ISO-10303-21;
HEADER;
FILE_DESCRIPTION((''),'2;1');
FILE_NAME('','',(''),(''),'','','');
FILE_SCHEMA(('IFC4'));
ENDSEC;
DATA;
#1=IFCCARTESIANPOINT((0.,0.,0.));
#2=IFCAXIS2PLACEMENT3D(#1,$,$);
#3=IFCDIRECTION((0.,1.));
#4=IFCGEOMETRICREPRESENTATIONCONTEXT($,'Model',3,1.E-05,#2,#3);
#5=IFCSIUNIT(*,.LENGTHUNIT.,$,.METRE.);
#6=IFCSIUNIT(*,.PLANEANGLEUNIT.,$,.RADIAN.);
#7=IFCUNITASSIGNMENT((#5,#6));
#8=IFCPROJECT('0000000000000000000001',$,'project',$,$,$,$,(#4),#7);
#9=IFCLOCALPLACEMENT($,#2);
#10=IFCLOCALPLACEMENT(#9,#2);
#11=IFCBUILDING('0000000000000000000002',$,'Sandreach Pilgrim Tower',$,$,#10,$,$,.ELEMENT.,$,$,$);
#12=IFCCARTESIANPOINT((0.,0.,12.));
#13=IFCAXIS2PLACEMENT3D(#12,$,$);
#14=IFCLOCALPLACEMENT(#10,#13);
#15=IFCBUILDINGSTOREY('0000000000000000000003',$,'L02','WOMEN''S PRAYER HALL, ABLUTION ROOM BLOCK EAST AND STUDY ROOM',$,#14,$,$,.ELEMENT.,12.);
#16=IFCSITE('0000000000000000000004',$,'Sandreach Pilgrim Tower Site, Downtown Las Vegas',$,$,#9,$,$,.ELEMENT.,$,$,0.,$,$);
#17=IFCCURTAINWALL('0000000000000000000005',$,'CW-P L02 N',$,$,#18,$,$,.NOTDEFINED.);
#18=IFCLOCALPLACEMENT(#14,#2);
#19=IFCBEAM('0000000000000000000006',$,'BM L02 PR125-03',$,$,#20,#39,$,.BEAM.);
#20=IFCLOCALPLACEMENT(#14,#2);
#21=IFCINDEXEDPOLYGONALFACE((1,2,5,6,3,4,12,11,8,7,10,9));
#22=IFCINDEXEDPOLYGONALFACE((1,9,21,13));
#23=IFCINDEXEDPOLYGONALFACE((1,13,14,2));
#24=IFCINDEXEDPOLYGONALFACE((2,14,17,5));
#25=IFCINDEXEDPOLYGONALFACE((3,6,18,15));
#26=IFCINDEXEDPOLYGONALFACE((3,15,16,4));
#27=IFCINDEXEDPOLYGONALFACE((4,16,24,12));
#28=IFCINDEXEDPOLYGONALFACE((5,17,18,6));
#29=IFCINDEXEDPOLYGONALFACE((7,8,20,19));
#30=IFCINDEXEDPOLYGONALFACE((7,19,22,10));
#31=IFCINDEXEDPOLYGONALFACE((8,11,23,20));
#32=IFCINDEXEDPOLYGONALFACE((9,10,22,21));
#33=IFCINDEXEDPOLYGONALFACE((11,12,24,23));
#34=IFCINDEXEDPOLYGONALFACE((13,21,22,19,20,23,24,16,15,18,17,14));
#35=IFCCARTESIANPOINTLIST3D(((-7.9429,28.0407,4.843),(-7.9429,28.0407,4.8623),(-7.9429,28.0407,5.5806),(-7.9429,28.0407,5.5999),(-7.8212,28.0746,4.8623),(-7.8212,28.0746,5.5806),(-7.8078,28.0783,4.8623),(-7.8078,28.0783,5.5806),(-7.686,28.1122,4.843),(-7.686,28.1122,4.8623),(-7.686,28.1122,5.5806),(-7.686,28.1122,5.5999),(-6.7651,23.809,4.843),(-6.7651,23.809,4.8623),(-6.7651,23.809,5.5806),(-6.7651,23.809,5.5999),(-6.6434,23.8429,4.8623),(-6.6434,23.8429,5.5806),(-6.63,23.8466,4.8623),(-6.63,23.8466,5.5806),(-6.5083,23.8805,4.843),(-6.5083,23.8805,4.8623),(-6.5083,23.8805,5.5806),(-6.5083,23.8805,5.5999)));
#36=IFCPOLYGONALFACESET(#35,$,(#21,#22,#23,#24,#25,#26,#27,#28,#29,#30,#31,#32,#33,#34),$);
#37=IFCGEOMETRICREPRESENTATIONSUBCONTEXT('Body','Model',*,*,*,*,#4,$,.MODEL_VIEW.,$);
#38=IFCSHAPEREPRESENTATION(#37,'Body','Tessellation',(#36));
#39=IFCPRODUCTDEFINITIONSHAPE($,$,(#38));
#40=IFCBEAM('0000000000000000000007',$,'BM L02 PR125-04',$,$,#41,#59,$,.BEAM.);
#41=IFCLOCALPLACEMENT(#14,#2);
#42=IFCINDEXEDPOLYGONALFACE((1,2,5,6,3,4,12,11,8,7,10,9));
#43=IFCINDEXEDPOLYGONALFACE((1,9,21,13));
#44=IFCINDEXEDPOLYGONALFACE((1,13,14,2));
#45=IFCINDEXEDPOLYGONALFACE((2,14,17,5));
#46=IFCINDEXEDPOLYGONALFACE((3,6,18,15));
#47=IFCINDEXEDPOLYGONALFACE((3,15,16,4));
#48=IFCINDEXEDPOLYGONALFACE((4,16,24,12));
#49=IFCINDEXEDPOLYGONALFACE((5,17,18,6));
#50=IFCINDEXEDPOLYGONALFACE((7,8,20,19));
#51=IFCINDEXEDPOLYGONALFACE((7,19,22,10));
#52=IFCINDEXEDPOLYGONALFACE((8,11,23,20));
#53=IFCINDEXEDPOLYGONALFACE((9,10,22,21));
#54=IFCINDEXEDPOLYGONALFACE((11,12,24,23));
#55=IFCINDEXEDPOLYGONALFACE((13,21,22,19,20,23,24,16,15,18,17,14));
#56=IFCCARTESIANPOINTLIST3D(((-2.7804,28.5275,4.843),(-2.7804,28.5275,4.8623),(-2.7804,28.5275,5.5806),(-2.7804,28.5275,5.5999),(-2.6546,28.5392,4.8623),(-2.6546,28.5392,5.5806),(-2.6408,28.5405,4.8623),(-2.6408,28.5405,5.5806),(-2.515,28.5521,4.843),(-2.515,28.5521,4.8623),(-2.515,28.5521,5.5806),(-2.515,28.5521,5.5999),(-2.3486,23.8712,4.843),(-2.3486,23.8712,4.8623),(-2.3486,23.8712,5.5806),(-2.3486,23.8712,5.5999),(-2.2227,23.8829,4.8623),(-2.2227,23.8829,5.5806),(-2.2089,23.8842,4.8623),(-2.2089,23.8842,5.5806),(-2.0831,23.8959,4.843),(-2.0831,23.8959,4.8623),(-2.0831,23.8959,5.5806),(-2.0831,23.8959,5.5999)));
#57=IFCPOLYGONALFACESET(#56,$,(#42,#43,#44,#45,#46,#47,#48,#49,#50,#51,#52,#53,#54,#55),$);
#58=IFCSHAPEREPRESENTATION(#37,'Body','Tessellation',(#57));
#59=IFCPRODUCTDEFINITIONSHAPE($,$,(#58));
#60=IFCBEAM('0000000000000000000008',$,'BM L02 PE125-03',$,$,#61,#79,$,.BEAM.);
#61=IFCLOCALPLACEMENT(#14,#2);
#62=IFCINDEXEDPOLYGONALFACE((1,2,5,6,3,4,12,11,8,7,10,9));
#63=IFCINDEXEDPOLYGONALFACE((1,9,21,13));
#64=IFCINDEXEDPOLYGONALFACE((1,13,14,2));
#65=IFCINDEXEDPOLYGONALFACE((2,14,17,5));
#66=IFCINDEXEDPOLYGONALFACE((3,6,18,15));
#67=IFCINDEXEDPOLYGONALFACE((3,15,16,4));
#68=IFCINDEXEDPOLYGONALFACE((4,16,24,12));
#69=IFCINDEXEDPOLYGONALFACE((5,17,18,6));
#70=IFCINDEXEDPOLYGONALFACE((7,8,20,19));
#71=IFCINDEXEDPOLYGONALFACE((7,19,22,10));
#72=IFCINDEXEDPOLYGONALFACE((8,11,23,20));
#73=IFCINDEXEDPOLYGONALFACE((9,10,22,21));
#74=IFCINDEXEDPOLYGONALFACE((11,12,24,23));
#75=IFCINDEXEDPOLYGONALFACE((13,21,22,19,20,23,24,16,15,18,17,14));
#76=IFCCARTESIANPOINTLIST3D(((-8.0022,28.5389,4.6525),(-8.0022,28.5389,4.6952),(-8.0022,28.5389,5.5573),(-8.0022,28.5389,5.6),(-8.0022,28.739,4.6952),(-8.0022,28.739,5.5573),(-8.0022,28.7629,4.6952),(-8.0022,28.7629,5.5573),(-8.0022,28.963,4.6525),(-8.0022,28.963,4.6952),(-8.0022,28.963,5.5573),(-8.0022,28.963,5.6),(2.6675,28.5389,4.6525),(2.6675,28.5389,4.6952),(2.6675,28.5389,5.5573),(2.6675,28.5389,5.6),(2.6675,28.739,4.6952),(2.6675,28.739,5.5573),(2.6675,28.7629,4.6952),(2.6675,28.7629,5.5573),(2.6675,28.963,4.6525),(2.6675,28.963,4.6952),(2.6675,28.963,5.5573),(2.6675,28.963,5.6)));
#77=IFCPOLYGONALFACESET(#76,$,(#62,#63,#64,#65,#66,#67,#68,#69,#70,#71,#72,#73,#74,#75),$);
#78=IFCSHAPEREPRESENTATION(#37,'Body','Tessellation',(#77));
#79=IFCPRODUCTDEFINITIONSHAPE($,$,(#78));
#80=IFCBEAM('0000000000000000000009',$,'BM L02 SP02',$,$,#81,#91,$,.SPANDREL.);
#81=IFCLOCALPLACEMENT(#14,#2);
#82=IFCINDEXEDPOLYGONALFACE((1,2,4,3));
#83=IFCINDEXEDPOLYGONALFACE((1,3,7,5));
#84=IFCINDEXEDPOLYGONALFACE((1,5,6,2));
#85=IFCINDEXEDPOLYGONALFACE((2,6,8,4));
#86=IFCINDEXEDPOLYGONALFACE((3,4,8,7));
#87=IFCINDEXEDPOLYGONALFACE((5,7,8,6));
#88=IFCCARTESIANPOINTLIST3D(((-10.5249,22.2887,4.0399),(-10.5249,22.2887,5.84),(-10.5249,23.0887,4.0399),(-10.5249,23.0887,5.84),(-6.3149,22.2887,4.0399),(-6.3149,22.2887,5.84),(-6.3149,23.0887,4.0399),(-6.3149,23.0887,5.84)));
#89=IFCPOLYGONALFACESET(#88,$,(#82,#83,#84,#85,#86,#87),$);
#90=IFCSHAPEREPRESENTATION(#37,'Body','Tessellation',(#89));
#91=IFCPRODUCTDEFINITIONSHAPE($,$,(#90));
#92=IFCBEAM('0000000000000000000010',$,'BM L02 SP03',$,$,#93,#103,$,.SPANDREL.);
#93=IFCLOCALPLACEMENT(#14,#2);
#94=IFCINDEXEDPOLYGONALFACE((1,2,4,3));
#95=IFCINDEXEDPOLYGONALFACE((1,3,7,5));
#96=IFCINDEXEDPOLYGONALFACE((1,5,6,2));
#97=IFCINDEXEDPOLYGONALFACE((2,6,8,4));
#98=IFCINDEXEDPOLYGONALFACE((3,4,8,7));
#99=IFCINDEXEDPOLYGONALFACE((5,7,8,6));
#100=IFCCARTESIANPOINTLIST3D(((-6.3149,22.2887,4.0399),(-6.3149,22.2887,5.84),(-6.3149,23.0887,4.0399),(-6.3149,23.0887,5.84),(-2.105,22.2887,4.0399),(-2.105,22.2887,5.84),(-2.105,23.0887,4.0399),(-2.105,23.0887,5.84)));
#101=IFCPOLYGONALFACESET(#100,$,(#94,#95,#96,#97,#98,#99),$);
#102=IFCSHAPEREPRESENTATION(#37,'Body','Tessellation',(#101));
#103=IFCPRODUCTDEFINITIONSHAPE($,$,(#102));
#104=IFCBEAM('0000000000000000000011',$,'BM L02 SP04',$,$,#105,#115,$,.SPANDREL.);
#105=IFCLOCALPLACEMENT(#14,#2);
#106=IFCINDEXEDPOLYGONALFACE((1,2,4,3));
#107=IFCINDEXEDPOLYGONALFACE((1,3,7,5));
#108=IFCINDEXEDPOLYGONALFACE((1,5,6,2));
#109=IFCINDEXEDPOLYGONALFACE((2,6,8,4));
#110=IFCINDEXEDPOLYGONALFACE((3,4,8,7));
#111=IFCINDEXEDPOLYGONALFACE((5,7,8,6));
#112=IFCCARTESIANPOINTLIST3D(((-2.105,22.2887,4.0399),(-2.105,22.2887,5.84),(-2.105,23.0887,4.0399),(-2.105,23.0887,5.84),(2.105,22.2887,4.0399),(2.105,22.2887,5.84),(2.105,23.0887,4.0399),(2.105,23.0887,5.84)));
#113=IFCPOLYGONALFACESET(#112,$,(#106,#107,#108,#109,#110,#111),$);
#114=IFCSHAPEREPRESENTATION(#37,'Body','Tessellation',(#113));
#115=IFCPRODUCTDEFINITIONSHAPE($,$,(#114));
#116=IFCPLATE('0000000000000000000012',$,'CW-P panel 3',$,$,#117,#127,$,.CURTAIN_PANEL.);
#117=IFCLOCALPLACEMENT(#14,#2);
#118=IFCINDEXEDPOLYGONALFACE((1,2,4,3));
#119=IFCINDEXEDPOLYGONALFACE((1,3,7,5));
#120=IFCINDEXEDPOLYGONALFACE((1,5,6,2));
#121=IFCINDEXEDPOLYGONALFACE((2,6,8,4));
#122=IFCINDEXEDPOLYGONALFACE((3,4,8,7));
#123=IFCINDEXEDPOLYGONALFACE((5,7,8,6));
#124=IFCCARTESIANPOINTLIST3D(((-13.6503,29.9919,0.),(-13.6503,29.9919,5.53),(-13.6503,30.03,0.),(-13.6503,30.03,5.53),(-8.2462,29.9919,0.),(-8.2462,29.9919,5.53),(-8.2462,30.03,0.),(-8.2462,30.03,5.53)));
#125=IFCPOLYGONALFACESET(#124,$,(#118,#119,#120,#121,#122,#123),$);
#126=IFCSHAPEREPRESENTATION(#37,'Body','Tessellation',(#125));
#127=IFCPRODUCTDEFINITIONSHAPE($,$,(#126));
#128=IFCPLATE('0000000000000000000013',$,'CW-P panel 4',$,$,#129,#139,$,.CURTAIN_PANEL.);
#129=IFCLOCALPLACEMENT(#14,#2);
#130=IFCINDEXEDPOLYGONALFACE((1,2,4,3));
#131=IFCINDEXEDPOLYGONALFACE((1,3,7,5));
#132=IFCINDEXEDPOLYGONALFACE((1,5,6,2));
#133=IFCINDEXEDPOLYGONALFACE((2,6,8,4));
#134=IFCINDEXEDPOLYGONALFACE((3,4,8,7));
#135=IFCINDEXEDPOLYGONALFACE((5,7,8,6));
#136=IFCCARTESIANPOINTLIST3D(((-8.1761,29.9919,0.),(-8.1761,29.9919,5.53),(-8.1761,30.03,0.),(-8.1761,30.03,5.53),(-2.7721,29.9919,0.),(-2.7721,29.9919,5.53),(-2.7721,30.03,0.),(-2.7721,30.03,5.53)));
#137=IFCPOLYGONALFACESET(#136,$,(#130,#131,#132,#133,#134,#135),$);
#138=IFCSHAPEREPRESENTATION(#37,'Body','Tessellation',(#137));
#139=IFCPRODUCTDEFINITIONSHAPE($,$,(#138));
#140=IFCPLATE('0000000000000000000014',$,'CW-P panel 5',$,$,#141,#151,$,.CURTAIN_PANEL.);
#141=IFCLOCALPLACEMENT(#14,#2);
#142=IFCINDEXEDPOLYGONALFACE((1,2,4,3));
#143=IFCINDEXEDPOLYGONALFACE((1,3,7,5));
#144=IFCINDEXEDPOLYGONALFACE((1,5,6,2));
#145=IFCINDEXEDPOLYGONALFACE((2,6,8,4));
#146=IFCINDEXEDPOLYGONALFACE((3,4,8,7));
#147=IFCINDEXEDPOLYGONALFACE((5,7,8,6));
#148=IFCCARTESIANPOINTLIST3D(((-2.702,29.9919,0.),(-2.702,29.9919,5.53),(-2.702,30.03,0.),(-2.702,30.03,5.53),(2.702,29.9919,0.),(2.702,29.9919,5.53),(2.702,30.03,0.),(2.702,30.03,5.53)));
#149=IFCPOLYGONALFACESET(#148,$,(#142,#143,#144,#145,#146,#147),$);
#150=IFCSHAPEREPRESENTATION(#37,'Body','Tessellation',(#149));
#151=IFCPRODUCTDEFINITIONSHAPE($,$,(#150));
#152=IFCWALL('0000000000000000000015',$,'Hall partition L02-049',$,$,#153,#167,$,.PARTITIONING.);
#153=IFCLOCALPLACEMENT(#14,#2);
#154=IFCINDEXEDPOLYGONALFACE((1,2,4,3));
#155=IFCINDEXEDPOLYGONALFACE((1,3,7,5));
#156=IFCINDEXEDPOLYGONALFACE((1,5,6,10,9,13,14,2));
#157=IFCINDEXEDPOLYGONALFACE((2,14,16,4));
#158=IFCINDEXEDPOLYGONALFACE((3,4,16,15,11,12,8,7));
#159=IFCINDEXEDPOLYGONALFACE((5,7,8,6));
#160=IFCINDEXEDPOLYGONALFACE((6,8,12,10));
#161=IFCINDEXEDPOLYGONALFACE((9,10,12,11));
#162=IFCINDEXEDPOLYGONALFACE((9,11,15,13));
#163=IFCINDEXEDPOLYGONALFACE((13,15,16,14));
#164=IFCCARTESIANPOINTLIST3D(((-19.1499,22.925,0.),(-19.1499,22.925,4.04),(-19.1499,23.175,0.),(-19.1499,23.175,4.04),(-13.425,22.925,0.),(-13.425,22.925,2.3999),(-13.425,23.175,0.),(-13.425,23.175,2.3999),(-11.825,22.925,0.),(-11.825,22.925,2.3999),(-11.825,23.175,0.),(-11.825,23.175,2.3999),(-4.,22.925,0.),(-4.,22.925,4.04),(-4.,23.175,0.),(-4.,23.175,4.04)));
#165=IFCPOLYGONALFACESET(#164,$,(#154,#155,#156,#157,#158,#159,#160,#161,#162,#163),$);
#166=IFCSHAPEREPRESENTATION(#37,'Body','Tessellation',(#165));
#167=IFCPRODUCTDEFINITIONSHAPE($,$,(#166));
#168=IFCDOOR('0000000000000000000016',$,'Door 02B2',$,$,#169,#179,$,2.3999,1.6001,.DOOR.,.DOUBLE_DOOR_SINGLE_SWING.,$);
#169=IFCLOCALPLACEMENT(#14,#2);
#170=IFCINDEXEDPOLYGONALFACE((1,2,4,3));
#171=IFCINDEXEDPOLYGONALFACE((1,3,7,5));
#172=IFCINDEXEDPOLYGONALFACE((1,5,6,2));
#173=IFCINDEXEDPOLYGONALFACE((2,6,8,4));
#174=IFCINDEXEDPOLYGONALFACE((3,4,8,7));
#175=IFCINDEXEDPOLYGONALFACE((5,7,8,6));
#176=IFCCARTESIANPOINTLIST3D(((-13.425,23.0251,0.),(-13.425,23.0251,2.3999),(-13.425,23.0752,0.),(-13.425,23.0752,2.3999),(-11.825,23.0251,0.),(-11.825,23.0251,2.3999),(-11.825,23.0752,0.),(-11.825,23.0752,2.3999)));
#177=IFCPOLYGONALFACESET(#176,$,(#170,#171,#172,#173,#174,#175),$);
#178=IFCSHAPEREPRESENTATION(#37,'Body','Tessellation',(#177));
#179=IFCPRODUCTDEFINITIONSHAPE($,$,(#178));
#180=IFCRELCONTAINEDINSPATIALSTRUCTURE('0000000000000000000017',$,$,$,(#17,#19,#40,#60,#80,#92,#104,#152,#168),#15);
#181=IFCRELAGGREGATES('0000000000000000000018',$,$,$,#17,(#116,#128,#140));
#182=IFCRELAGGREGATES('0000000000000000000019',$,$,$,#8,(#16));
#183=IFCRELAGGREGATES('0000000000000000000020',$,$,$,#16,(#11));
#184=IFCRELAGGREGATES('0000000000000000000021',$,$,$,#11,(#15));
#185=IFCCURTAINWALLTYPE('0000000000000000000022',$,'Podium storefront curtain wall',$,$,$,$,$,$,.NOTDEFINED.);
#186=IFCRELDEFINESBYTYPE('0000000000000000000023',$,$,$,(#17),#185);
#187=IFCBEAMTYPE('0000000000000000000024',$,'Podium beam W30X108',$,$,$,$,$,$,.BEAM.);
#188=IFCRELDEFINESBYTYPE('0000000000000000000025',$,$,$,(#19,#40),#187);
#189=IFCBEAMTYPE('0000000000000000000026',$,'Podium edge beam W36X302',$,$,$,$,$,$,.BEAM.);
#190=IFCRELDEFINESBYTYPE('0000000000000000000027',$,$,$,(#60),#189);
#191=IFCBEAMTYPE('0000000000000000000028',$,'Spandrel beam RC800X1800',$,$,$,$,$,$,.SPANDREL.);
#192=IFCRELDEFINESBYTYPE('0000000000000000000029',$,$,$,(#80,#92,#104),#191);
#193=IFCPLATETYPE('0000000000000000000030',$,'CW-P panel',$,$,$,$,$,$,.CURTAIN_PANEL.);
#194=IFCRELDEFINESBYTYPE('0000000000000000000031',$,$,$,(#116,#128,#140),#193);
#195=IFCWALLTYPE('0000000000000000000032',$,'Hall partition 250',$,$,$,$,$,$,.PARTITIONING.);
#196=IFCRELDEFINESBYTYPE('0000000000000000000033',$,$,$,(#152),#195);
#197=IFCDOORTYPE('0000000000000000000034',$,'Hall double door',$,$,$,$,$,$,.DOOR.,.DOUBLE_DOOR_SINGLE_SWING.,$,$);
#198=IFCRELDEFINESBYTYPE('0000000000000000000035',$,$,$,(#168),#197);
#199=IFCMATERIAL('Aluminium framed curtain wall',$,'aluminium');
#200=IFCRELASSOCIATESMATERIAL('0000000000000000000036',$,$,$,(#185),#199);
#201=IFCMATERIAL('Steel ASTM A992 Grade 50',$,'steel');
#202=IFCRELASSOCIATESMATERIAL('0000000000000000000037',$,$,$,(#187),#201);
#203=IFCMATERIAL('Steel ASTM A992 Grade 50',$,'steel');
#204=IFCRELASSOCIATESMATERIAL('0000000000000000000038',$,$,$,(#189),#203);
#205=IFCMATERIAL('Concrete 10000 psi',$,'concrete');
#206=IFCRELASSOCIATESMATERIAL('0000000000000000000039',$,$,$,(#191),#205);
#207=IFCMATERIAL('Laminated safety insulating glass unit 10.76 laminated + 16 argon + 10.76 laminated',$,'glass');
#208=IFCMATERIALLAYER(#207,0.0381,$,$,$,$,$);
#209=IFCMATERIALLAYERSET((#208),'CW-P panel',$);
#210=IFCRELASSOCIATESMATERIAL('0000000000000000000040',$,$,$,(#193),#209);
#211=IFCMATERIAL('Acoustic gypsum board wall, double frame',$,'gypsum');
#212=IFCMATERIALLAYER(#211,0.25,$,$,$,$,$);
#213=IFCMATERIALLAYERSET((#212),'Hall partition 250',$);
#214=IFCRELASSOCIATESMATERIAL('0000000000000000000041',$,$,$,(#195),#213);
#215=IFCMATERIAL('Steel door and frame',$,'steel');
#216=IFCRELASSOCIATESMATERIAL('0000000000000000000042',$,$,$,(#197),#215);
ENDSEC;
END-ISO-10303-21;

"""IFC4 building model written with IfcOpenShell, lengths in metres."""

from ifc_helpers import new_model, si_unit, direction, frame, frame_2d, origin, origin_2d, place, context, subcontext, project, spatial, rectangle, i_section, extrude, material, layer, layer_set, material_profile, profile_set, type_object, element, fill, aggregate, save


model = new_model("IFC4")

# Units and contexts
model_context = context("Model", 3, precision=1e-05, world=origin(), true_north=direction((0.0, 1.0)))
body_context = subcontext(model_context, "Body", "Model", "MODEL_VIEW")
ifc_project = project(units=[si_unit("LENGTHUNIT", "METRE"), si_unit("PLANEANGLEUNIT", "RADIAN")], contexts=[model_context])

# Site, building, storey
site_placement = place(None, origin())
site = spatial("IfcSite", under=ifc_project, at=site_placement, Name="Sandreach Pilgrim Tower Site, Downtown Las Vegas", CompositionType="ELEMENT", RefElevation=0.0)
building_placement = place(site_placement, origin())
building = spatial("IfcBuilding", under=site, at=building_placement, Name="Sandreach Pilgrim Tower", CompositionType="ELEMENT")
storey_placement = place(building_placement, frame((0.0, 0.0, 12.0)))
storey = spatial("IfcBuildingStorey", under=building, at=storey_placement, Name="L02", Description="WOMEN'S PRAYER HALL, ABLUTION ROOM BLOCK EAST AND STUDY ROOM", CompositionType="ELEMENT", Elevation=12.0)

# Curtain wall
ifc_material_1 = material(Name="Aluminium framed curtain wall", Category="aluminium")
curtain_wall_type = type_object("IfcCurtainWallType", Name="Podium storefront curtain wall", PredefinedType="NOTDEFINED", material=ifc_material_1)
curtain_wall_placement = place(storey_placement, origin())
curtain_wall = element("IfcCurtainWall", 1, at=curtain_wall_placement, inside=storey, type_object=curtain_wall_type, Name="CW-P L02 N", PredefinedType="NOTDEFINED")

# Beams
ifc_material_2 = material(Name="Steel ASTM A992 Grade 50", Category="steel")
ifc_material_profile_1 = material_profile(ifc_material_2, i_section(OverallWidth=0.2666, OverallDepth=0.7568, WebThickness=0.0139, FlangeThickness=0.0193, at=origin_2d()), Name="W30X108")
ifc_profile_set_1 = profile_set([ifc_material_profile_1], Name="Steel ASTM A992 Grade 50")
beam_type_1 = type_object("IfcBeamType", Name="Podium beam W30X108", PredefinedType="BEAM", material=ifc_profile_set_1)
beam_1_placement = place(storey_placement, frame((-6.6367, 23.8447, 5.2214), z_axis=(-0.268123, 0.963385, 0.0), x_axis=(-0.963385, -0.268123, 0.0)))
element("IfcBeam", 2, at=beam_1_placement, inside=storey, type_object=beam_type_1, Name="BM L02 PR125-03", PredefinedType="BEAM", context=body_context, shape_type="SweptSolid", body=[
    extrude(i_section(OverallWidth=0.2666, OverallDepth=0.7568, WebThickness=0.0139, FlangeThickness=0.0193, at=origin_2d()), origin(), (0.0, 0.0, 1.0), 4.3926),
])
beam_2_placement = place(storey_placement, frame((-2.2158, 23.8835, 5.2214), z_axis=(-0.092357, 0.995726, 0.0), x_axis=(-0.995726, -0.092357, 0.0)))
element("IfcBeam", 3, at=beam_2_placement, inside=storey, type_object=beam_type_1, Name="BM L02 PR125-04", PredefinedType="BEAM", context=body_context, shape_type="SweptSolid", body=[
    extrude(i_section(OverallWidth=0.2666, OverallDepth=0.7568, WebThickness=0.0139, FlangeThickness=0.0193, at=origin_2d()), origin(), (0.0, 0.0, 1.0), 4.6763),
])
ifc_material_3 = material(Name="Steel ASTM A992 Grade 50", Category="steel")
ifc_material_profile_2 = material_profile(ifc_material_3, i_section(OverallWidth=0.4241, OverallDepth=0.9475, WebThickness=0.0239, FlangeThickness=0.0427, at=origin_2d()), Name="W36X302")
ifc_profile_set_2 = profile_set([ifc_material_profile_2], Name="Steel ASTM A992 Grade 50")
beam_type_2 = type_object("IfcBeamType", Name="Podium edge beam W36X302", PredefinedType="BEAM", material=ifc_profile_set_2)
beam_3_placement = place(storey_placement, frame((-8.0022, 28.751, 5.1262), z_axis=(1.0, 0.0, 0.0), x_axis=(0.0, 1.0, 0.0)))
element("IfcBeam", 4, at=beam_3_placement, inside=storey, type_object=beam_type_2, Name="BM L02 PE125-03", PredefinedType="BEAM", context=body_context, shape_type="SweptSolid", body=[
    extrude(i_section(OverallWidth=0.4241, OverallDepth=0.9475, WebThickness=0.0239, FlangeThickness=0.0427, at=origin_2d()), origin(), (0.0, 0.0, 1.0), 10.6697),
])
ifc_material_4 = material(Name="Concrete 10000 psi", Category="concrete")
ifc_material_profile_3 = material_profile(ifc_material_4, rectangle(XDim=0.8, YDim=1.8, at=origin_2d()), Name="RC800X1800")
ifc_profile_set_3 = profile_set([ifc_material_profile_3], Name="Concrete 10000 psi")
beam_type_3 = type_object("IfcBeamType", Name="Spandrel beam RC800X1800", PredefinedType="SPANDREL", material=ifc_profile_set_3)
for number, where, z_axis, x_axis, name in (
    (5, (-10.5249, 22.6887, 4.9399), (1.0, 0.0, 0.0), (0.0, 1.0, 0.0), "BM L02 SP02"),
    (6, (-6.3149, 22.6887, 4.9399), (1.0, 0.0, 0.0), (0.0, 1.0, 0.0), "BM L02 SP03"),
    (7, (-2.105, 22.6887, 4.9399), (1.0, 0.0, 0.0), (0.0, 1.0, 0.0), "BM L02 SP04"),
):
    element("IfcBeam", number, at=place(storey_placement, frame(where, z_axis=z_axis, x_axis=x_axis)), inside=storey, type_object=beam_type_3, Name=name, PredefinedType="SPANDREL", context=body_context, shape_type="SweptSolid", body=[
        extrude(rectangle(XDim=0.8, YDim=1.8, at=origin_2d()), origin(), (0.0, 0.0, 1.0), 4.21),
    ])

# Plates
ifc_material_5 = material(Name="Laminated safety insulating glass unit 10.76 laminated + 16 argon + 10.76 laminated", Category="glass")
ifc_layer_1 = layer(ifc_material_5, 0.0381)
ifc_layer_set_1 = layer_set([ifc_layer_1], Name="CW-P panel")
plate_type = type_object("IfcPlateType", Name="CW-P panel", PredefinedType="CURTAIN_PANEL", material=ifc_layer_set_1)
plate_1_placement = place(storey_placement, frame((-10.9482, 30.011, 0.0), z_axis=(0.0, 0.0, 1.0), x_axis=(1.0, 0.0, 0.0)))
plate_1 = element("IfcPlate", 8, at=plate_1_placement, type_object=plate_type, Name="CW-P panel 3", PredefinedType="CURTAIN_PANEL", context=body_context, shape_type="SweptSolid", body=[
    extrude(rectangle(XDim=5.4041, YDim=0.0381, at=origin_2d()), origin(), (0.0, 0.0, 1.0), 5.53),
])
plate_2_placement = place(storey_placement, frame((-5.4741, 30.011, 0.0), z_axis=(0.0, 0.0, 1.0), x_axis=(1.0, 0.0, 0.0)))
plate_2 = element("IfcPlate", 9, at=plate_2_placement, type_object=plate_type, Name="CW-P panel 4", PredefinedType="CURTAIN_PANEL", context=body_context, shape_type="SweptSolid", body=[
    extrude(rectangle(XDim=5.4041, YDim=0.0381, at=origin_2d()), origin(), (0.0, 0.0, 1.0), 5.53),
])
plate_3_placement = place(storey_placement, frame((0.0, 30.011, 0.0), z_axis=(0.0, 0.0, 1.0), x_axis=(1.0, 0.0, 0.0)))
plate_3 = element("IfcPlate", 10, at=plate_3_placement, type_object=plate_type, Name="CW-P panel 5", PredefinedType="CURTAIN_PANEL", context=body_context, shape_type="SweptSolid", body=[
    extrude(rectangle(XDim=5.4041, YDim=0.0381, at=origin_2d()), origin(), (0.0, 0.0, 1.0), 5.53),
])
aggregate(curtain_wall, [plate_1, plate_2, plate_3])

# Wall, opening, door
ifc_material_6 = material(Name="Acoustic gypsum board wall, double frame", Category="gypsum")
ifc_layer_2 = layer(ifc_material_6, 0.25)
ifc_layer_set_2 = layer_set([ifc_layer_2], Name="Hall partition 250")
wall_type = type_object("IfcWallType", Name="Hall partition 250", PredefinedType="PARTITIONING", material=ifc_layer_set_2)
wall_placement = place(storey_placement, frame((-4.0, 23.05, 0.0), z_axis=(0.0, 0.0, 1.0), x_axis=(-1.0, 0.0, 0.0)))
wall = element("IfcWall", 11, at=wall_placement, inside=storey, type_object=wall_type, Name="Hall partition L02-049", PredefinedType="PARTITIONING", context=body_context, shape_type="SweptSolid", body=[
    extrude(rectangle(XDim=15.1499, YDim=0.25, at=frame_2d((7.575, 0.0))), origin(), (0.0, 0.0, 1.0), 4.04),
])
opening_placement = place(wall_placement, frame((7.825, 0.0, 0.0)))
opening = element("IfcOpeningElement", 12, at=opening_placement, cuts=wall, PredefinedType="OPENING", context=body_context, shape_type="SweptSolid", body=[
    extrude(rectangle(XDim=1.6001, YDim=2.3999, at=frame_2d((0.8, 1.2))), frame((0.0, 0.125, 0.0), z_axis=(0.0, -1.0, 0.0), x_axis=(1.0, 0.0, 0.0)), (0.0, 0.0, 1.0), 0.25),
])
ifc_material_7 = material(Name="Steel door and frame", Category="steel")
door_type = type_object("IfcDoorType", Name="Hall double door", OperationType="DOUBLE_DOOR_SINGLE_SWING", PredefinedType="DOOR", material=ifc_material_7)
door_placement = place(opening_placement, origin())
door = element("IfcDoor", 13, at=door_placement, inside=storey, type_object=door_type, Name="Door 02B2", OperationType="DOUBLE_DOOR_SINGLE_SWING", OverallHeight=2.3999, OverallWidth=1.6001, PredefinedType="DOOR", context=body_context, shape_type="SweptSolid", body=[
    extrude(rectangle(XDim=1.6001, YDim=2.3999, at=frame_2d((0.8, 1.2))), frame((0.0, 0.0249, 0.0), z_axis=(0.0, -1.0, 0.0), x_axis=(1.0, 0.0, 0.0)), (0.0, 0.0, 1.0), 0.05),
])
fill(opening, door)

save(model, "model.ifc")
